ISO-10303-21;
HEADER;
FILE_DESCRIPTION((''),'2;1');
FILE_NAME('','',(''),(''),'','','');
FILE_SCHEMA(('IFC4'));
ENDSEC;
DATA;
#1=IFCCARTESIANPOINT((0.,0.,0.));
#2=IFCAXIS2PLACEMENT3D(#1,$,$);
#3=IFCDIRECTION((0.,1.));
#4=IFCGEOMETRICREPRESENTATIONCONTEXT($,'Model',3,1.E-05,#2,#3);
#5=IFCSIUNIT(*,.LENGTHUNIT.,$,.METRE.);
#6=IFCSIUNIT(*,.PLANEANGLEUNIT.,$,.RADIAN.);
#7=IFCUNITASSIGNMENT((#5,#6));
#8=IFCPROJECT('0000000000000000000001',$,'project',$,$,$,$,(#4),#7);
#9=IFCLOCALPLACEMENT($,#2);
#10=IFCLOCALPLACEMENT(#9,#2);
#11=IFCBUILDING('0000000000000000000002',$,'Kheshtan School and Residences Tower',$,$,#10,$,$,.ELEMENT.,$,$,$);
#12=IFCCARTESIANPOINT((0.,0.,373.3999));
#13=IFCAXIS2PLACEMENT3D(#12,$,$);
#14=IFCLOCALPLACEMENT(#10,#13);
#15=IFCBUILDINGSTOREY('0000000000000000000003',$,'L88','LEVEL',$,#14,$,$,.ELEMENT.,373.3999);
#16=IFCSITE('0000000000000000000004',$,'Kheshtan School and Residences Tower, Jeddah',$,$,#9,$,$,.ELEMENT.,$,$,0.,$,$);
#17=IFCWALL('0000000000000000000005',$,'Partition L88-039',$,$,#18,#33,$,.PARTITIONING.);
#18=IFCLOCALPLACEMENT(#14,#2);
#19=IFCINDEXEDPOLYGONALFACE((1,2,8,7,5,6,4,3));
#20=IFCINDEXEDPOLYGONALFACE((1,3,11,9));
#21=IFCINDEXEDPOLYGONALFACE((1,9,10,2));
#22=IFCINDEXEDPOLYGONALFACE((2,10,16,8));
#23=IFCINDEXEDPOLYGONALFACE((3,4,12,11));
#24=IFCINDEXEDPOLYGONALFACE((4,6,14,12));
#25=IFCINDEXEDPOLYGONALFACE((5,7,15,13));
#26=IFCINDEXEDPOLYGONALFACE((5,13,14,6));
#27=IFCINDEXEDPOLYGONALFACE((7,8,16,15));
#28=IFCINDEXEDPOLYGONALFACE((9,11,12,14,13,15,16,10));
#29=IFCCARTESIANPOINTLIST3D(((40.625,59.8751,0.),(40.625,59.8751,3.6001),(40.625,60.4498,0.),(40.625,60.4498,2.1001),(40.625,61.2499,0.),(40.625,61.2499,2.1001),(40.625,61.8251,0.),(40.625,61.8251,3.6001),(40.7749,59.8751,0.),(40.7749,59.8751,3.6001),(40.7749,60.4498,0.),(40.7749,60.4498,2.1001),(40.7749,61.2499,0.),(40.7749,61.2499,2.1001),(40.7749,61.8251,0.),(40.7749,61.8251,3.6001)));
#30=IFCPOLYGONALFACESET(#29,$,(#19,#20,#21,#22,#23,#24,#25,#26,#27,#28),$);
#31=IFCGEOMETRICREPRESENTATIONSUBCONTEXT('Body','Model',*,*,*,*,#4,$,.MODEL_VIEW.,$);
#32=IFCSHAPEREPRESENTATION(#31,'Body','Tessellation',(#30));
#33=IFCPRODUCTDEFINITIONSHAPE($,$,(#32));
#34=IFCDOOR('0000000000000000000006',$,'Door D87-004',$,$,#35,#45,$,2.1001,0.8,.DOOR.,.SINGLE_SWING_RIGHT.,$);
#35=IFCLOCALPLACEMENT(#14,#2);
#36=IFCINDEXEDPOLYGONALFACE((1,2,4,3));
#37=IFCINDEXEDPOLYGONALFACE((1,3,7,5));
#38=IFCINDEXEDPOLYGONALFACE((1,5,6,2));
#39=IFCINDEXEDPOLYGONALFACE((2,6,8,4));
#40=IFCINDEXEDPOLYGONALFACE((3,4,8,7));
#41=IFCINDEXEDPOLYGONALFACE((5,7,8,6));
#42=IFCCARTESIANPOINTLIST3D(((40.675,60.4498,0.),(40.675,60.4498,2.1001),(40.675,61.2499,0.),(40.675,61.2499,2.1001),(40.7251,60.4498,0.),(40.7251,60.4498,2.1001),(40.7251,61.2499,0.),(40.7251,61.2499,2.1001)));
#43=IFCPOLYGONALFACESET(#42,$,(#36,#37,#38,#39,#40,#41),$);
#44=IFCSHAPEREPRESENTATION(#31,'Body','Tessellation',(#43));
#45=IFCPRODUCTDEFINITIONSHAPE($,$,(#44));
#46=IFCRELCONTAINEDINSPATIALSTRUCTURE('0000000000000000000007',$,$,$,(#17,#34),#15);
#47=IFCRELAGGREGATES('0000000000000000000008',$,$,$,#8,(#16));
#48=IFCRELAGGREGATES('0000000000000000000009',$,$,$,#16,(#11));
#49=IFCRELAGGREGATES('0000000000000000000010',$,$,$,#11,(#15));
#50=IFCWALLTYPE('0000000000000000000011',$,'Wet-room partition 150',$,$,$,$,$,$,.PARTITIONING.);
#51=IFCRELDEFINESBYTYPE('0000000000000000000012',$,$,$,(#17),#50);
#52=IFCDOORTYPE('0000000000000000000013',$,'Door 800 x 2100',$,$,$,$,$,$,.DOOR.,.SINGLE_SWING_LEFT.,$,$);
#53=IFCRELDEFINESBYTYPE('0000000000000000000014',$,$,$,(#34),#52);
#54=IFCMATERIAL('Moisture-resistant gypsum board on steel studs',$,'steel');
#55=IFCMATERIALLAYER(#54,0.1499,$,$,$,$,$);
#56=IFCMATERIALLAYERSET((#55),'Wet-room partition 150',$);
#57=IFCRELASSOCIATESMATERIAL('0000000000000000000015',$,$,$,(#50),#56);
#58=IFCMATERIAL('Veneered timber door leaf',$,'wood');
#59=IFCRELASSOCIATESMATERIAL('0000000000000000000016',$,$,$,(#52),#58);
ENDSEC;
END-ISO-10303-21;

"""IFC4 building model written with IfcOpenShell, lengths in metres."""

from ifc_helpers import new_model, si_unit, direction, frame, frame_2d, origin, place, context, subcontext, project, spatial, rectangle, extrude, source, transform, mapped, material, layer, layer_set, type_object, element, fill, save


model = new_model("IFC4")

# Units and contexts
model_context = context("Model", 3, precision=1e-05, world=origin(), true_north=direction((0.0, 1.0)))
body_context = subcontext(model_context, "Body", "Model", "MODEL_VIEW")
ifc_project = project(units=[si_unit("LENGTHUNIT", "METRE"), si_unit("PLANEANGLEUNIT", "RADIAN")], contexts=[model_context])

# Site, building, storey
site_placement = place(None, origin())
site = spatial("IfcSite", under=ifc_project, at=site_placement, Name="Kheshtan School and Residences Tower, Jeddah", CompositionType="ELEMENT", RefElevation=0.0)
building_placement = place(site_placement, origin())
building = spatial("IfcBuilding", under=site, at=building_placement, Name="Kheshtan School and Residences Tower", CompositionType="ELEMENT")
storey_placement = place(building_placement, frame((0.0, 0.0, 373.3999)))
storey = spatial("IfcBuildingStorey", under=building, at=storey_placement, Name="L88", Description="LEVEL", CompositionType="ELEMENT", Elevation=373.3999)

# Shared definitions
ifc_material_1 = material(Name="Moisture-resistant gypsum board on steel studs", Category="steel")
ifc_layer_1 = layer(ifc_material_1, 0.1499)
ifc_layer_set_1 = layer_set([ifc_layer_1], Name="Wet-room partition 150")
wall_type_1 = type_object("IfcWallType", Name="Wet-room partition 150", PredefinedType="PARTITIONING", material=ifc_layer_set_1)

# Wall, opening, door
wall_1_placement = place(storey_placement, frame((40.7, 59.875, 0.0), z_axis=(0.0, 0.0, 1.0), x_axis=(0.0, 1.0, 0.0)))
wall_1 = element("IfcWall", 1, at=wall_1_placement, inside=storey, type_object=wall_type_1, Name="Partition L88-039", PredefinedType="PARTITIONING", context=body_context, shape_type="SweptSolid", body=[
    extrude(rectangle(XDim=1.95, YDim=0.1499, at=frame_2d((0.9751, 0.0))), origin(), (0.0, 0.0, 1.0), 3.6001),
])
opening_1_placement = place(wall_1_placement, frame((0.575, 0.0, 0.0)))
opening_1 = element("IfcOpeningElement", 2, at=opening_1_placement, cuts=wall_1, PredefinedType="OPENING", context=body_context, shape_type="SweptSolid", body=[
    extrude(rectangle(XDim=0.8, YDim=2.1001, at=frame_2d((0.3999, 1.05))), frame((0.0, 0.085, 0.0), z_axis=(0.0, -1.0, 0.0), x_axis=(1.0, 0.0, 0.0)), (0.0, 0.0, 1.0), 0.1699),
])
ifc_material_2 = material(Name="Veneered timber door leaf", Category="wood")
door_type_1 = type_object("IfcDoorType", Name="Door 800 x 2100", OperationType="SINGLE_SWING_LEFT", PredefinedType="DOOR", material=ifc_material_2)
shared_shape_1 = source(origin(), body_context, "Body", "SweptSolid", [
    extrude(rectangle(XDim=0.8, YDim=2.1001, at=frame_2d((0.3999, 1.05))), frame((0.0, 0.0249, 0.0), z_axis=(0.0, -1.0, 0.0), x_axis=(1.0, 0.0, 0.0)), (0.0, 0.0, 1.0), 0.05),
])
door_1_placement = place(opening_1_placement, origin())
door_1 = element("IfcDoor", 3, at=door_1_placement, inside=storey, type_object=door_type_1, Name="Door D87-004", OperationType="SINGLE_SWING_RIGHT", OverallHeight=2.1001, OverallWidth=0.8, PredefinedType="DOOR", context=body_context, shape_type="MappedRepresentation", body=[
    mapped(shared_shape_1, transform((0.0, 0.0, 0.0), x_axis=(1.0, 0.0, 0.0), y_axis=(0.0, 1.0, 0.0), z_axis=(0.0, 0.0, 1.0), scale=1.0)),
])
fill(opening_1, door_1)

save(model, "model.ifc")
